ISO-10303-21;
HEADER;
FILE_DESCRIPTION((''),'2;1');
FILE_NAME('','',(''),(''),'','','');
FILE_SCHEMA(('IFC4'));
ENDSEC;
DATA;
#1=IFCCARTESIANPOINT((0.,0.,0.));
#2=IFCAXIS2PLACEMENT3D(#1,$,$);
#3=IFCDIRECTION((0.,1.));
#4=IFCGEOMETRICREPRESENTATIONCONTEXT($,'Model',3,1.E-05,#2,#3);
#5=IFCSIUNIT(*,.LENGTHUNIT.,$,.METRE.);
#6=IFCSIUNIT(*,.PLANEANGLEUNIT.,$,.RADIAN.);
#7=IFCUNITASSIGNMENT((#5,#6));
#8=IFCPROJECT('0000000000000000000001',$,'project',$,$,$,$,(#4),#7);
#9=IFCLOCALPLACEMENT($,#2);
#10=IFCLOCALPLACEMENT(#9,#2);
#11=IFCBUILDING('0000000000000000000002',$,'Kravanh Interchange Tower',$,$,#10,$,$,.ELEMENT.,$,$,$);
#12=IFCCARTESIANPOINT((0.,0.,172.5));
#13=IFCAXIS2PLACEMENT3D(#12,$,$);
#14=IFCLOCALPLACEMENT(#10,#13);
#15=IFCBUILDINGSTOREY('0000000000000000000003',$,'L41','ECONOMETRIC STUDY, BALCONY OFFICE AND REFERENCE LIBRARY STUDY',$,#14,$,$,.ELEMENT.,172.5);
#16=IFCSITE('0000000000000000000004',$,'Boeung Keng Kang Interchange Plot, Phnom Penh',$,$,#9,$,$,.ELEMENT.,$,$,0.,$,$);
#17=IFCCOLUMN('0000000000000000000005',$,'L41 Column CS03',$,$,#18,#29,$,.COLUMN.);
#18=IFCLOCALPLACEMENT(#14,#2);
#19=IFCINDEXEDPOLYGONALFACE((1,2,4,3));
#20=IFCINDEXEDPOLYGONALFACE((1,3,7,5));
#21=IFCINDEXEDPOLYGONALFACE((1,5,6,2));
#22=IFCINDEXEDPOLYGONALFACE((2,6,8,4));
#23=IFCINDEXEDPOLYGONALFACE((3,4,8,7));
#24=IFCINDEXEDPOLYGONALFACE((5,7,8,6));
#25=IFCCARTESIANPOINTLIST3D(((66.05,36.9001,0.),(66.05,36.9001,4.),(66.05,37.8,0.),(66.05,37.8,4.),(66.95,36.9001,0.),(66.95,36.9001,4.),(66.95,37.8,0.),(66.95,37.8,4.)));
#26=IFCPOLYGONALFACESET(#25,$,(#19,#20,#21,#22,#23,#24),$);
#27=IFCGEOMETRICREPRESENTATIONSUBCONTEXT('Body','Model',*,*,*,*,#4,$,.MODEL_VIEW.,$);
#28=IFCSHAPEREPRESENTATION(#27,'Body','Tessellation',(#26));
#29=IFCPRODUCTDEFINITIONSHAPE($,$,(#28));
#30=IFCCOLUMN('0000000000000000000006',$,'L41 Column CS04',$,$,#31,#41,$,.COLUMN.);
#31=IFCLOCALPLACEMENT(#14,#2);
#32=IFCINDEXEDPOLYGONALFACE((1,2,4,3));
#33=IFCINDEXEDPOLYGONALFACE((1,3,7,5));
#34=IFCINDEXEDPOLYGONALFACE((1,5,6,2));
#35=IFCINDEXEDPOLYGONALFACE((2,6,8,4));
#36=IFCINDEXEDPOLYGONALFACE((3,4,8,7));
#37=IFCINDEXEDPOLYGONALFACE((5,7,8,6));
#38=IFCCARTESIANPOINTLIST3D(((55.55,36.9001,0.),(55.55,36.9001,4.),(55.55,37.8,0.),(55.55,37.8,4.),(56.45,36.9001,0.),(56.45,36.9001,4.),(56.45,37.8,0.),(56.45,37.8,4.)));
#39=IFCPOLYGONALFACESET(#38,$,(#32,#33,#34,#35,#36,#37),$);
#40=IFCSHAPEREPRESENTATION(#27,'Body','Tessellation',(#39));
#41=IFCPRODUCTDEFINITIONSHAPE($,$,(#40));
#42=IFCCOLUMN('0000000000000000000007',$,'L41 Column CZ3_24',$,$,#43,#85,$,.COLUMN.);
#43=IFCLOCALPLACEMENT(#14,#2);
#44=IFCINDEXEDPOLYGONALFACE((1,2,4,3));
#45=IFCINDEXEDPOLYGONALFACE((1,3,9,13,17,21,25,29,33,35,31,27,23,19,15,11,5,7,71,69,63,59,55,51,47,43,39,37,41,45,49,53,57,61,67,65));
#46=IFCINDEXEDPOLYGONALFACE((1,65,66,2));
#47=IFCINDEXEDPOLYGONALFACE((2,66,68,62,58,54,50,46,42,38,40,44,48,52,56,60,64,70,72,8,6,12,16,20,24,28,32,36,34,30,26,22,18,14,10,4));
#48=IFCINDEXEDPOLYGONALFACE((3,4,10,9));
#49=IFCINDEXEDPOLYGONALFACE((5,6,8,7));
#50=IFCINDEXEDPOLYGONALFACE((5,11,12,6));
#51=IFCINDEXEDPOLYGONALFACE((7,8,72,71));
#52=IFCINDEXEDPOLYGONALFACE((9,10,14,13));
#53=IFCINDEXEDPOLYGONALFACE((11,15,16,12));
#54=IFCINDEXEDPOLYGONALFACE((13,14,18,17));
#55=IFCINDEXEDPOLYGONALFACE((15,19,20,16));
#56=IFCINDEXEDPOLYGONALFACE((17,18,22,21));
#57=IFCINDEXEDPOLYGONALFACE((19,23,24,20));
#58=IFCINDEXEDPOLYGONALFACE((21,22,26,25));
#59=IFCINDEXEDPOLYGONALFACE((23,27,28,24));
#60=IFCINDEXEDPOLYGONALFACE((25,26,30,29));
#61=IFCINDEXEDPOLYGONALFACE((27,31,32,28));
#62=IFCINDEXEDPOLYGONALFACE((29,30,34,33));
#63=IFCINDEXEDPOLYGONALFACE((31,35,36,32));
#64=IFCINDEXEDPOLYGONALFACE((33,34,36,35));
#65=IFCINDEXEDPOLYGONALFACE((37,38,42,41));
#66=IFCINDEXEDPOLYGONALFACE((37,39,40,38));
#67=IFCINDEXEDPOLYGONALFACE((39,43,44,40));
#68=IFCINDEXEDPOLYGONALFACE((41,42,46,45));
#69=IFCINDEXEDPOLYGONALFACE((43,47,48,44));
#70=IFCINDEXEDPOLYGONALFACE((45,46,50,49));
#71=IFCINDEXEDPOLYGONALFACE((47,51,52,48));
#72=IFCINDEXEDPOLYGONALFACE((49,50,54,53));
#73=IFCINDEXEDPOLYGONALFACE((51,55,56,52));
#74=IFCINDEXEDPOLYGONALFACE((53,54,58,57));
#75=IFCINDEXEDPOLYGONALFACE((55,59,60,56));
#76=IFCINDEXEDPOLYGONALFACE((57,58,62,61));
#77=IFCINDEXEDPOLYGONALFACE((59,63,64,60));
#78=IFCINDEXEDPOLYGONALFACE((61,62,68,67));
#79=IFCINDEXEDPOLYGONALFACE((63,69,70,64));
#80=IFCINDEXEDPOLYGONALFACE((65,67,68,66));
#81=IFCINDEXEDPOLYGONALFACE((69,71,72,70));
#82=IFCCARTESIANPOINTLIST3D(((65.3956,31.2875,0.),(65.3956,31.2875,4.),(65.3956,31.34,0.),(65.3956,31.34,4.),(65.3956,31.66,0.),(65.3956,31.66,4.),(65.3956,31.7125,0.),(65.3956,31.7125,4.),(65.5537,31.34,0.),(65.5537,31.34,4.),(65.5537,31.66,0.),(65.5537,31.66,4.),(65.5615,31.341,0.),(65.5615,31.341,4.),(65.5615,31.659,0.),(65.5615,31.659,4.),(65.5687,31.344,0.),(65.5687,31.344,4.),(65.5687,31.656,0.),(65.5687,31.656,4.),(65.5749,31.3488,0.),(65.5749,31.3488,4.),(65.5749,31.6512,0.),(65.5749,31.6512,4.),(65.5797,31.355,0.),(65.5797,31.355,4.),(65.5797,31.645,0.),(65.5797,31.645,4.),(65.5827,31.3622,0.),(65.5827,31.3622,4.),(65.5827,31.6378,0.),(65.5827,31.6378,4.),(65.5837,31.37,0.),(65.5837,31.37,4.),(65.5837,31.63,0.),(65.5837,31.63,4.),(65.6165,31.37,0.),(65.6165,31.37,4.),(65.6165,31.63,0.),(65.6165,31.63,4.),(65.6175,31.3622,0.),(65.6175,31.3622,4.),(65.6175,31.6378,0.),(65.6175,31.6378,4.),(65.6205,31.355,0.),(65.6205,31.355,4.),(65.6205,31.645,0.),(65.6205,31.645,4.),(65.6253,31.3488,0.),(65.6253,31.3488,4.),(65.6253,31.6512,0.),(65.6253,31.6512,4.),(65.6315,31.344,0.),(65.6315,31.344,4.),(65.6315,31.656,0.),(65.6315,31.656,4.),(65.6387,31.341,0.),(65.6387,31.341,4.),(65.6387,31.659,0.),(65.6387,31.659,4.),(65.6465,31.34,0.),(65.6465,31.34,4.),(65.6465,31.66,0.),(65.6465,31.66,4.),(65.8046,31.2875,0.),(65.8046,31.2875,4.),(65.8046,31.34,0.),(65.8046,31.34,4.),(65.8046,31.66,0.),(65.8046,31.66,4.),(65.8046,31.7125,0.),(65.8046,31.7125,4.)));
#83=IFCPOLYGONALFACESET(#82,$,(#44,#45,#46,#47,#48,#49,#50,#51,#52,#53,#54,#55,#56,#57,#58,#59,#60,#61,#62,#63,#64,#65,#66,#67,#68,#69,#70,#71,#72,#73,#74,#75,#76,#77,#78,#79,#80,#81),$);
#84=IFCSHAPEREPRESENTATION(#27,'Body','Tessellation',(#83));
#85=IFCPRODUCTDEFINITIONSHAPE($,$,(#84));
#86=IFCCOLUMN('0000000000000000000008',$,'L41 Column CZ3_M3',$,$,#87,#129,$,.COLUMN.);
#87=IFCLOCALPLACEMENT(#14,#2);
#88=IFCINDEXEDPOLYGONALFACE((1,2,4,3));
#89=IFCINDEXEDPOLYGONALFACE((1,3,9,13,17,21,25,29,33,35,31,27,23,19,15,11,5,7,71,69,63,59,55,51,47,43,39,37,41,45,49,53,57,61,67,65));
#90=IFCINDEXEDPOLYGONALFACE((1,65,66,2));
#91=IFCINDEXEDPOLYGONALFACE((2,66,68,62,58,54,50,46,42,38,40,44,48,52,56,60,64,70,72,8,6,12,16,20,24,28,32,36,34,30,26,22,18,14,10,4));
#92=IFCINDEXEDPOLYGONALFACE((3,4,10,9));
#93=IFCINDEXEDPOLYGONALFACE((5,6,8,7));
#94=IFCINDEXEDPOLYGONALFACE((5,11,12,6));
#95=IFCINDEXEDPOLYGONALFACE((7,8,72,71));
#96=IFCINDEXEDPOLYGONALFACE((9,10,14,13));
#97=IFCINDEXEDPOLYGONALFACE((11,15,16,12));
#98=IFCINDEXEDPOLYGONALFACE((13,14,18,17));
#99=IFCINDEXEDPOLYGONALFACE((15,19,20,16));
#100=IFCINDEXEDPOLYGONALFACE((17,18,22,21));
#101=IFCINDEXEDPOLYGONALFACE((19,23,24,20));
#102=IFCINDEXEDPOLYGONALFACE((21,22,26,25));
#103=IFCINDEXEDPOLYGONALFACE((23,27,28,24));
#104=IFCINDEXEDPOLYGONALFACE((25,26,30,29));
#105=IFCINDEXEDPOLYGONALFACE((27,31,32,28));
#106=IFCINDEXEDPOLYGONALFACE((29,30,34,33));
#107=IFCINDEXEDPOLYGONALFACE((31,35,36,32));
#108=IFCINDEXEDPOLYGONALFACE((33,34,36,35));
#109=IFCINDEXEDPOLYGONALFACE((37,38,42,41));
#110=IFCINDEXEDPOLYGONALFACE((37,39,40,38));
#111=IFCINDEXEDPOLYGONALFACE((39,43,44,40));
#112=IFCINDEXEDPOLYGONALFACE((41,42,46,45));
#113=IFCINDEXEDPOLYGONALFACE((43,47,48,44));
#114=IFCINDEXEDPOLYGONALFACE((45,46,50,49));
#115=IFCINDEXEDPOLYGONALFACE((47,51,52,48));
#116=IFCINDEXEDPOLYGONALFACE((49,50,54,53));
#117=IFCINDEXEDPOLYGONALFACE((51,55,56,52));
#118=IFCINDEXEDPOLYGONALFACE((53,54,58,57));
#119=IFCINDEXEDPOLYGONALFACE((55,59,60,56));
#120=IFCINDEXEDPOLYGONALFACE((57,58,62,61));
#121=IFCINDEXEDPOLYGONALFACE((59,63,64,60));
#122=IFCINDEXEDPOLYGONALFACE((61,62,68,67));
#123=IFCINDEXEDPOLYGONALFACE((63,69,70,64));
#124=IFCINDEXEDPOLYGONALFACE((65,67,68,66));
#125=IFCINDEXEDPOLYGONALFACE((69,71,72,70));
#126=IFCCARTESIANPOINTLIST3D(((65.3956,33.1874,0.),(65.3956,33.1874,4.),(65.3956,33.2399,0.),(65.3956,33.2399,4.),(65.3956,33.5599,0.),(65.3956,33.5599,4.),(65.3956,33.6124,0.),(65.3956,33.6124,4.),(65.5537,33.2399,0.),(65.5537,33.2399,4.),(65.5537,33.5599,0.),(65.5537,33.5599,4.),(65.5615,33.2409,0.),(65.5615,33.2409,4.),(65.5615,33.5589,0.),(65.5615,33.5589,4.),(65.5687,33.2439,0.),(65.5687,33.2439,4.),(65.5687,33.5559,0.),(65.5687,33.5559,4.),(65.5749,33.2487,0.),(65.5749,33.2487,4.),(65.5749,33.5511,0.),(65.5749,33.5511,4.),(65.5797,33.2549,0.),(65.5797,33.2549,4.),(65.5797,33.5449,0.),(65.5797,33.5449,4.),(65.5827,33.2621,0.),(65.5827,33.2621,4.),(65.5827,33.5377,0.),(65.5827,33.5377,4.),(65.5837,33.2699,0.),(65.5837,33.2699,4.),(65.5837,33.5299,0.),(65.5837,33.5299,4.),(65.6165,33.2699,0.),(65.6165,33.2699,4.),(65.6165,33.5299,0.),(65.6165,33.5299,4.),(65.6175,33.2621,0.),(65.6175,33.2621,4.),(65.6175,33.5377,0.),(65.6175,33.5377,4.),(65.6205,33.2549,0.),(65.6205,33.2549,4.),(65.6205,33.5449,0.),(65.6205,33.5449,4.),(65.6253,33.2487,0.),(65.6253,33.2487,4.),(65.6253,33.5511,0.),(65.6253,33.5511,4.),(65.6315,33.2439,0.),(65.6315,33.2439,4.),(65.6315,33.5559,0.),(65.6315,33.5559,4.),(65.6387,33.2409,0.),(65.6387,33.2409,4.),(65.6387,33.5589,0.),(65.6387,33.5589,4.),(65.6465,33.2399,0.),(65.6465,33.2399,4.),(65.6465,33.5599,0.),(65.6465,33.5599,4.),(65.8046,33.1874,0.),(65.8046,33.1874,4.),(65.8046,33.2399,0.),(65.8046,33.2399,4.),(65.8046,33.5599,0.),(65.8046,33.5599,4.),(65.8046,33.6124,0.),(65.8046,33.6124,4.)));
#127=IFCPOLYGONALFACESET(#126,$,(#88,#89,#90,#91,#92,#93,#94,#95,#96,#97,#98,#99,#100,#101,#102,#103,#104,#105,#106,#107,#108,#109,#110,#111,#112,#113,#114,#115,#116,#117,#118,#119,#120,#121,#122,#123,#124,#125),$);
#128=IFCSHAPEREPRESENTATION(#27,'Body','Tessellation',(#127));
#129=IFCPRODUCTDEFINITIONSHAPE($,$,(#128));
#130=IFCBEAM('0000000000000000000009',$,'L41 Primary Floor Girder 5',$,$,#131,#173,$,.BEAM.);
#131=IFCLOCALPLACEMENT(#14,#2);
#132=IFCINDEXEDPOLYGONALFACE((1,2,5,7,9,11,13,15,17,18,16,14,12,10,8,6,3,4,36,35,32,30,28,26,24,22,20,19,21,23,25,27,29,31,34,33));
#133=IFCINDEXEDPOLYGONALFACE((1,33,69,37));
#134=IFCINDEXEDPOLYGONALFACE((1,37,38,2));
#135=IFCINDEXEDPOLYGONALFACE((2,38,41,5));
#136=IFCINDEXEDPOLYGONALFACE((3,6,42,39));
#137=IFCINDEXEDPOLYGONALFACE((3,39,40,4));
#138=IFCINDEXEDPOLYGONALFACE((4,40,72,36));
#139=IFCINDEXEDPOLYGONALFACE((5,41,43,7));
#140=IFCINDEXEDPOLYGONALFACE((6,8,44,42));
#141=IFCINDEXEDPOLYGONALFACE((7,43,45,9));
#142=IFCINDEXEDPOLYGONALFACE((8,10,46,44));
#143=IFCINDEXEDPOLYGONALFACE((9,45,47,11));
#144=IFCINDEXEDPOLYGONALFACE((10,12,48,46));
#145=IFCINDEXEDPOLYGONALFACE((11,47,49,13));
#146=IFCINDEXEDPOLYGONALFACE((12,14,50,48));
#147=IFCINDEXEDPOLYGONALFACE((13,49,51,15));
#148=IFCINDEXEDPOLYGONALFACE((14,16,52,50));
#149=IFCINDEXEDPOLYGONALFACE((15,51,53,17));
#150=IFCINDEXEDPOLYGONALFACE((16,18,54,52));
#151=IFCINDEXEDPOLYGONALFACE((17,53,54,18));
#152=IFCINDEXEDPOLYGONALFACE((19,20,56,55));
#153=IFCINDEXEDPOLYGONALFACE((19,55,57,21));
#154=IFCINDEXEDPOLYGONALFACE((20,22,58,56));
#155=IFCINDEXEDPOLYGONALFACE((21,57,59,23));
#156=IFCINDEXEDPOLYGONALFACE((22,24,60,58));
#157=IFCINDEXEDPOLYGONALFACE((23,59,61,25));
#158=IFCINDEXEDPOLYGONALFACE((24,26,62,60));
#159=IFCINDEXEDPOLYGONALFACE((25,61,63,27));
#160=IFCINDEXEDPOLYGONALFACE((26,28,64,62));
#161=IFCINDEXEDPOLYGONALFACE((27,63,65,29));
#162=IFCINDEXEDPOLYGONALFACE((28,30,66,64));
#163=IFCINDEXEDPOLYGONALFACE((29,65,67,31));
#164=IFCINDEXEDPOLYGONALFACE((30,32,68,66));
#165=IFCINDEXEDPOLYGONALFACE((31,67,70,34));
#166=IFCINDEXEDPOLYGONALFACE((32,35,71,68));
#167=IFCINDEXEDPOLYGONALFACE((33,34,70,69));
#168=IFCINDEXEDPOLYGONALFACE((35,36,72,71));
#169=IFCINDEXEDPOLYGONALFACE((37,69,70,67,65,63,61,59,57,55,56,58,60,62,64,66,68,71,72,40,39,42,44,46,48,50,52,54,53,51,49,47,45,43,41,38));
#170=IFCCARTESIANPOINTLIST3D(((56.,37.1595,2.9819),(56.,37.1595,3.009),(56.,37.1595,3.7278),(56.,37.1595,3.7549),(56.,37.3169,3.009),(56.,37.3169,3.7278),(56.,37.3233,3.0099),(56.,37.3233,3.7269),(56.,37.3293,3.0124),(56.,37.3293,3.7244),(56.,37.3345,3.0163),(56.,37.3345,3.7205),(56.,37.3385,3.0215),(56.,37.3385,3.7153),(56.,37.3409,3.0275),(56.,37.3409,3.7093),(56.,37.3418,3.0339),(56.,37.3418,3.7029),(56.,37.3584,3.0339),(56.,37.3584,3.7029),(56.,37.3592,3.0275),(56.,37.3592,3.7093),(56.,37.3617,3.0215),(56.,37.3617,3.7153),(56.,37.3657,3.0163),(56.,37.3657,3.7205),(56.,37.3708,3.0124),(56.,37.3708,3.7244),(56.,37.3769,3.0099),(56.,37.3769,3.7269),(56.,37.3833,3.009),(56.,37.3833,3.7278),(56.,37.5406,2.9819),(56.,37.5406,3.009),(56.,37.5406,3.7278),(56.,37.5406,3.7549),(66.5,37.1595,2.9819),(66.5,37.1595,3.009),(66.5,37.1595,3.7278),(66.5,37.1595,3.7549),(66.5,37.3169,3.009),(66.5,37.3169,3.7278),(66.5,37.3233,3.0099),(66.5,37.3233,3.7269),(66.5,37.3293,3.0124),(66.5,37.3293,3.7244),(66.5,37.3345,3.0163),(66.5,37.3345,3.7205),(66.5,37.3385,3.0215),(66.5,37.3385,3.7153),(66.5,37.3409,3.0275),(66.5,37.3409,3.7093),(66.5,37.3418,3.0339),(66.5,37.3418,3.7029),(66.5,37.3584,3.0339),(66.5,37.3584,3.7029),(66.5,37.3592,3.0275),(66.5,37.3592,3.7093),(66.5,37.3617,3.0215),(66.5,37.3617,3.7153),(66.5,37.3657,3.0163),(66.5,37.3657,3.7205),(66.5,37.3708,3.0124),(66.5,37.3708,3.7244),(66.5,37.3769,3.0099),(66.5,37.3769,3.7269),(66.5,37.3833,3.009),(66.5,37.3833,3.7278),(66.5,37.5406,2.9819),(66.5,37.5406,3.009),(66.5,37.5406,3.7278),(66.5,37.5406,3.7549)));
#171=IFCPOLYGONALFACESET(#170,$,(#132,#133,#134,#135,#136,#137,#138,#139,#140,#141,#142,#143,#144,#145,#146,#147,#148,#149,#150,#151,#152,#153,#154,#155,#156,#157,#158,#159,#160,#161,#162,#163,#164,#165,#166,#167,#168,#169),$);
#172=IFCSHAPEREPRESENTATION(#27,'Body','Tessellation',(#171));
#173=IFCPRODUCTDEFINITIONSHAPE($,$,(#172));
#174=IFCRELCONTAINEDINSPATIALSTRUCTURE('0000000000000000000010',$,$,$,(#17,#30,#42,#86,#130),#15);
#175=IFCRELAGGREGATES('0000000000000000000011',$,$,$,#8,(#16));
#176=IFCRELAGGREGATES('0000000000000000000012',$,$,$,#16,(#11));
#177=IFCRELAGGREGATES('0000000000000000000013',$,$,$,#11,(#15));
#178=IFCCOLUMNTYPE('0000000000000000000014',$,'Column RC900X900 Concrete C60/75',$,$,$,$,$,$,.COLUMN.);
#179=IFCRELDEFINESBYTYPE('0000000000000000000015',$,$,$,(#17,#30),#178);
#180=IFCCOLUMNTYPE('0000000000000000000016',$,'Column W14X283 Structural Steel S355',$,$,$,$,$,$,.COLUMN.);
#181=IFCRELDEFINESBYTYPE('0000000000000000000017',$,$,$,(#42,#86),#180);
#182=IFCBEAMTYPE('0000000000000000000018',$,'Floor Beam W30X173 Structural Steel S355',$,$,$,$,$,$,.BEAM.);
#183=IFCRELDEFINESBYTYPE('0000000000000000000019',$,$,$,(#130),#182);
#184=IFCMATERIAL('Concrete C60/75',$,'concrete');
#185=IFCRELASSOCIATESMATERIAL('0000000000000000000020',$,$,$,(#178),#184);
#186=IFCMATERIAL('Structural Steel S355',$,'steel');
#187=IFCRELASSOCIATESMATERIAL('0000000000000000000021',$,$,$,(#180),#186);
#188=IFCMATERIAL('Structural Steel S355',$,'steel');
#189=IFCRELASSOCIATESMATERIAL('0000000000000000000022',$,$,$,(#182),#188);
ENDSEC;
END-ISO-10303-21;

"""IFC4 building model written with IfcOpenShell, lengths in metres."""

from ifc_helpers import new_model, si_unit, direction, frame, origin, origin_2d, place, context, subcontext, project, spatial, rectangle, i_section, extrude, material, material_profile, profile_set, type_object, element, save


model = new_model("IFC4")

# Units and contexts
model_context = context("Model", 3, precision=1e-05, world=origin(), true_north=direction((0.0, 1.0)))
body_context = subcontext(model_context, "Body", "Model", "MODEL_VIEW")
ifc_project = project(units=[si_unit("LENGTHUNIT", "METRE"), si_unit("PLANEANGLEUNIT", "RADIAN")], contexts=[model_context])

# Site, building, storey
site_placement = place(None, origin())
site = spatial("IfcSite", under=ifc_project, at=site_placement, Name="Boeung Keng Kang Interchange Plot, Phnom Penh", CompositionType="ELEMENT", RefElevation=0.0)
building_placement = place(site_placement, origin())
building = spatial("IfcBuilding", under=site, at=building_placement, Name="Kravanh Interchange Tower", CompositionType="ELEMENT")
storey_placement = place(building_placement, frame((0.0, 0.0, 172.5)))
storey = spatial("IfcBuildingStorey", under=building, at=storey_placement, Name="L41", Description="ECONOMETRIC STUDY, BALCONY OFFICE AND REFERENCE LIBRARY STUDY", CompositionType="ELEMENT", Elevation=172.5)

# Columns
ifc_material_1 = material(Name="Concrete C60/75", Category="concrete")
ifc_material_profile_1 = material_profile(ifc_material_1, rectangle(XDim=0.8999, YDim=0.8999, at=origin_2d()), Name="RC900X900")
ifc_profile_set_1 = profile_set([ifc_material_profile_1], Name="Concrete C60/75")
column_type_1 = type_object("IfcColumnType", Name="Column RC900X900 Concrete C60/75", PredefinedType="COLUMN", material=ifc_profile_set_1)
for number, where, z_axis, x_axis, name in (
    (1, (66.5, 37.3501, 0.0), (0.0, 0.0, 1.0), (1.0, 0.0, 0.0), "L41 Column CS03"),
    (2, (56.0, 37.3501, 0.0), (0.0, 0.0, 1.0), (1.0, 0.0, 0.0), "L41 Column CS04"),
):
    element("IfcColumn", number, at=place(storey_placement, frame(where, z_axis=z_axis, x_axis=x_axis)), inside=storey, type_object=column_type_1, Name=name, PredefinedType="COLUMN", context=body_context, shape_type="SweptSolid", body=[
        extrude(rectangle(XDim=0.8999, YDim=0.8999, at=origin_2d()), origin(), (0.0, 0.0, 1.0), 4.0),
    ])
ifc_material_2 = material(Name="Structural Steel S355", Category="steel")
ifc_material_profile_2 = material_profile(ifc_material_2, i_section(OverallWidth=0.4089, OverallDepth=0.425, WebThickness=0.0327, FlangeThickness=0.0525, FilletRadius=0.03, at=origin_2d()), Name="W14X283")
ifc_profile_set_2 = profile_set([ifc_material_profile_2], Name="Structural Steel S355")
column_type_2 = type_object("IfcColumnType", Name="Column W14X283 Structural Steel S355", PredefinedType="COLUMN", material=ifc_profile_set_2)
for number, where, z_axis, x_axis, name in (
    (3, (65.6001, 31.5, 0.0), (0.0, 0.0, 1.0), (1.0, 0.0, 0.0), "L41 Column CZ3_24"),
    (4, (65.6001, 33.3999, 0.0), (0.0, 0.0, 1.0), (1.0, 0.0, 0.0), "L41 Column CZ3_M3"),
):
    element("IfcColumn", number, at=place(storey_placement, frame(where, z_axis=z_axis, x_axis=x_axis)), inside=storey, type_object=column_type_2, Name=name, PredefinedType="COLUMN", context=body_context, shape_type="SweptSolid", body=[
        extrude(i_section(OverallWidth=0.4089, OverallDepth=0.425, WebThickness=0.0327, FlangeThickness=0.0525, FilletRadius=0.03, at=origin_2d()), origin(), (0.0, 0.0, 1.0), 4.0),
    ])

# Beam
ifc_material_3 = material(Name="Structural Steel S355", Category="steel")
ifc_material_profile_3 = material_profile(ifc_material_3, i_section(OverallWidth=0.3811, OverallDepth=0.7729, WebThickness=0.0166, FlangeThickness=0.0271, FilletRadius=0.0249, at=origin_2d()), Name="W30X173")
ifc_profile_set_3 = profile_set([ifc_material_profile_3], Name="Structural Steel S355")
beam_type_1 = type_object("IfcBeamType", Name="Floor Beam W30X173 Structural Steel S355", PredefinedType="BEAM", material=ifc_profile_set_3)
beam_1_placement = place(storey_placement, frame((66.5, 37.3501, 3.3684), z_axis=(-1.0, 0.0, 0.0), x_axis=(0.0, -1.0, 0.0)))
element("IfcBeam", 5, at=beam_1_placement, inside=storey, type_object=beam_type_1, Name="L41 Primary Floor Girder 5", PredefinedType="BEAM", context=body_context, shape_type="SweptSolid", body=[
    extrude(i_section(OverallWidth=0.3811, OverallDepth=0.7729, WebThickness=0.0166, FlangeThickness=0.0271, FilletRadius=0.0249, at=origin_2d()), origin(), (0.0, 0.0, 1.0), 10.5),
])

save(model, "model.ifc")
